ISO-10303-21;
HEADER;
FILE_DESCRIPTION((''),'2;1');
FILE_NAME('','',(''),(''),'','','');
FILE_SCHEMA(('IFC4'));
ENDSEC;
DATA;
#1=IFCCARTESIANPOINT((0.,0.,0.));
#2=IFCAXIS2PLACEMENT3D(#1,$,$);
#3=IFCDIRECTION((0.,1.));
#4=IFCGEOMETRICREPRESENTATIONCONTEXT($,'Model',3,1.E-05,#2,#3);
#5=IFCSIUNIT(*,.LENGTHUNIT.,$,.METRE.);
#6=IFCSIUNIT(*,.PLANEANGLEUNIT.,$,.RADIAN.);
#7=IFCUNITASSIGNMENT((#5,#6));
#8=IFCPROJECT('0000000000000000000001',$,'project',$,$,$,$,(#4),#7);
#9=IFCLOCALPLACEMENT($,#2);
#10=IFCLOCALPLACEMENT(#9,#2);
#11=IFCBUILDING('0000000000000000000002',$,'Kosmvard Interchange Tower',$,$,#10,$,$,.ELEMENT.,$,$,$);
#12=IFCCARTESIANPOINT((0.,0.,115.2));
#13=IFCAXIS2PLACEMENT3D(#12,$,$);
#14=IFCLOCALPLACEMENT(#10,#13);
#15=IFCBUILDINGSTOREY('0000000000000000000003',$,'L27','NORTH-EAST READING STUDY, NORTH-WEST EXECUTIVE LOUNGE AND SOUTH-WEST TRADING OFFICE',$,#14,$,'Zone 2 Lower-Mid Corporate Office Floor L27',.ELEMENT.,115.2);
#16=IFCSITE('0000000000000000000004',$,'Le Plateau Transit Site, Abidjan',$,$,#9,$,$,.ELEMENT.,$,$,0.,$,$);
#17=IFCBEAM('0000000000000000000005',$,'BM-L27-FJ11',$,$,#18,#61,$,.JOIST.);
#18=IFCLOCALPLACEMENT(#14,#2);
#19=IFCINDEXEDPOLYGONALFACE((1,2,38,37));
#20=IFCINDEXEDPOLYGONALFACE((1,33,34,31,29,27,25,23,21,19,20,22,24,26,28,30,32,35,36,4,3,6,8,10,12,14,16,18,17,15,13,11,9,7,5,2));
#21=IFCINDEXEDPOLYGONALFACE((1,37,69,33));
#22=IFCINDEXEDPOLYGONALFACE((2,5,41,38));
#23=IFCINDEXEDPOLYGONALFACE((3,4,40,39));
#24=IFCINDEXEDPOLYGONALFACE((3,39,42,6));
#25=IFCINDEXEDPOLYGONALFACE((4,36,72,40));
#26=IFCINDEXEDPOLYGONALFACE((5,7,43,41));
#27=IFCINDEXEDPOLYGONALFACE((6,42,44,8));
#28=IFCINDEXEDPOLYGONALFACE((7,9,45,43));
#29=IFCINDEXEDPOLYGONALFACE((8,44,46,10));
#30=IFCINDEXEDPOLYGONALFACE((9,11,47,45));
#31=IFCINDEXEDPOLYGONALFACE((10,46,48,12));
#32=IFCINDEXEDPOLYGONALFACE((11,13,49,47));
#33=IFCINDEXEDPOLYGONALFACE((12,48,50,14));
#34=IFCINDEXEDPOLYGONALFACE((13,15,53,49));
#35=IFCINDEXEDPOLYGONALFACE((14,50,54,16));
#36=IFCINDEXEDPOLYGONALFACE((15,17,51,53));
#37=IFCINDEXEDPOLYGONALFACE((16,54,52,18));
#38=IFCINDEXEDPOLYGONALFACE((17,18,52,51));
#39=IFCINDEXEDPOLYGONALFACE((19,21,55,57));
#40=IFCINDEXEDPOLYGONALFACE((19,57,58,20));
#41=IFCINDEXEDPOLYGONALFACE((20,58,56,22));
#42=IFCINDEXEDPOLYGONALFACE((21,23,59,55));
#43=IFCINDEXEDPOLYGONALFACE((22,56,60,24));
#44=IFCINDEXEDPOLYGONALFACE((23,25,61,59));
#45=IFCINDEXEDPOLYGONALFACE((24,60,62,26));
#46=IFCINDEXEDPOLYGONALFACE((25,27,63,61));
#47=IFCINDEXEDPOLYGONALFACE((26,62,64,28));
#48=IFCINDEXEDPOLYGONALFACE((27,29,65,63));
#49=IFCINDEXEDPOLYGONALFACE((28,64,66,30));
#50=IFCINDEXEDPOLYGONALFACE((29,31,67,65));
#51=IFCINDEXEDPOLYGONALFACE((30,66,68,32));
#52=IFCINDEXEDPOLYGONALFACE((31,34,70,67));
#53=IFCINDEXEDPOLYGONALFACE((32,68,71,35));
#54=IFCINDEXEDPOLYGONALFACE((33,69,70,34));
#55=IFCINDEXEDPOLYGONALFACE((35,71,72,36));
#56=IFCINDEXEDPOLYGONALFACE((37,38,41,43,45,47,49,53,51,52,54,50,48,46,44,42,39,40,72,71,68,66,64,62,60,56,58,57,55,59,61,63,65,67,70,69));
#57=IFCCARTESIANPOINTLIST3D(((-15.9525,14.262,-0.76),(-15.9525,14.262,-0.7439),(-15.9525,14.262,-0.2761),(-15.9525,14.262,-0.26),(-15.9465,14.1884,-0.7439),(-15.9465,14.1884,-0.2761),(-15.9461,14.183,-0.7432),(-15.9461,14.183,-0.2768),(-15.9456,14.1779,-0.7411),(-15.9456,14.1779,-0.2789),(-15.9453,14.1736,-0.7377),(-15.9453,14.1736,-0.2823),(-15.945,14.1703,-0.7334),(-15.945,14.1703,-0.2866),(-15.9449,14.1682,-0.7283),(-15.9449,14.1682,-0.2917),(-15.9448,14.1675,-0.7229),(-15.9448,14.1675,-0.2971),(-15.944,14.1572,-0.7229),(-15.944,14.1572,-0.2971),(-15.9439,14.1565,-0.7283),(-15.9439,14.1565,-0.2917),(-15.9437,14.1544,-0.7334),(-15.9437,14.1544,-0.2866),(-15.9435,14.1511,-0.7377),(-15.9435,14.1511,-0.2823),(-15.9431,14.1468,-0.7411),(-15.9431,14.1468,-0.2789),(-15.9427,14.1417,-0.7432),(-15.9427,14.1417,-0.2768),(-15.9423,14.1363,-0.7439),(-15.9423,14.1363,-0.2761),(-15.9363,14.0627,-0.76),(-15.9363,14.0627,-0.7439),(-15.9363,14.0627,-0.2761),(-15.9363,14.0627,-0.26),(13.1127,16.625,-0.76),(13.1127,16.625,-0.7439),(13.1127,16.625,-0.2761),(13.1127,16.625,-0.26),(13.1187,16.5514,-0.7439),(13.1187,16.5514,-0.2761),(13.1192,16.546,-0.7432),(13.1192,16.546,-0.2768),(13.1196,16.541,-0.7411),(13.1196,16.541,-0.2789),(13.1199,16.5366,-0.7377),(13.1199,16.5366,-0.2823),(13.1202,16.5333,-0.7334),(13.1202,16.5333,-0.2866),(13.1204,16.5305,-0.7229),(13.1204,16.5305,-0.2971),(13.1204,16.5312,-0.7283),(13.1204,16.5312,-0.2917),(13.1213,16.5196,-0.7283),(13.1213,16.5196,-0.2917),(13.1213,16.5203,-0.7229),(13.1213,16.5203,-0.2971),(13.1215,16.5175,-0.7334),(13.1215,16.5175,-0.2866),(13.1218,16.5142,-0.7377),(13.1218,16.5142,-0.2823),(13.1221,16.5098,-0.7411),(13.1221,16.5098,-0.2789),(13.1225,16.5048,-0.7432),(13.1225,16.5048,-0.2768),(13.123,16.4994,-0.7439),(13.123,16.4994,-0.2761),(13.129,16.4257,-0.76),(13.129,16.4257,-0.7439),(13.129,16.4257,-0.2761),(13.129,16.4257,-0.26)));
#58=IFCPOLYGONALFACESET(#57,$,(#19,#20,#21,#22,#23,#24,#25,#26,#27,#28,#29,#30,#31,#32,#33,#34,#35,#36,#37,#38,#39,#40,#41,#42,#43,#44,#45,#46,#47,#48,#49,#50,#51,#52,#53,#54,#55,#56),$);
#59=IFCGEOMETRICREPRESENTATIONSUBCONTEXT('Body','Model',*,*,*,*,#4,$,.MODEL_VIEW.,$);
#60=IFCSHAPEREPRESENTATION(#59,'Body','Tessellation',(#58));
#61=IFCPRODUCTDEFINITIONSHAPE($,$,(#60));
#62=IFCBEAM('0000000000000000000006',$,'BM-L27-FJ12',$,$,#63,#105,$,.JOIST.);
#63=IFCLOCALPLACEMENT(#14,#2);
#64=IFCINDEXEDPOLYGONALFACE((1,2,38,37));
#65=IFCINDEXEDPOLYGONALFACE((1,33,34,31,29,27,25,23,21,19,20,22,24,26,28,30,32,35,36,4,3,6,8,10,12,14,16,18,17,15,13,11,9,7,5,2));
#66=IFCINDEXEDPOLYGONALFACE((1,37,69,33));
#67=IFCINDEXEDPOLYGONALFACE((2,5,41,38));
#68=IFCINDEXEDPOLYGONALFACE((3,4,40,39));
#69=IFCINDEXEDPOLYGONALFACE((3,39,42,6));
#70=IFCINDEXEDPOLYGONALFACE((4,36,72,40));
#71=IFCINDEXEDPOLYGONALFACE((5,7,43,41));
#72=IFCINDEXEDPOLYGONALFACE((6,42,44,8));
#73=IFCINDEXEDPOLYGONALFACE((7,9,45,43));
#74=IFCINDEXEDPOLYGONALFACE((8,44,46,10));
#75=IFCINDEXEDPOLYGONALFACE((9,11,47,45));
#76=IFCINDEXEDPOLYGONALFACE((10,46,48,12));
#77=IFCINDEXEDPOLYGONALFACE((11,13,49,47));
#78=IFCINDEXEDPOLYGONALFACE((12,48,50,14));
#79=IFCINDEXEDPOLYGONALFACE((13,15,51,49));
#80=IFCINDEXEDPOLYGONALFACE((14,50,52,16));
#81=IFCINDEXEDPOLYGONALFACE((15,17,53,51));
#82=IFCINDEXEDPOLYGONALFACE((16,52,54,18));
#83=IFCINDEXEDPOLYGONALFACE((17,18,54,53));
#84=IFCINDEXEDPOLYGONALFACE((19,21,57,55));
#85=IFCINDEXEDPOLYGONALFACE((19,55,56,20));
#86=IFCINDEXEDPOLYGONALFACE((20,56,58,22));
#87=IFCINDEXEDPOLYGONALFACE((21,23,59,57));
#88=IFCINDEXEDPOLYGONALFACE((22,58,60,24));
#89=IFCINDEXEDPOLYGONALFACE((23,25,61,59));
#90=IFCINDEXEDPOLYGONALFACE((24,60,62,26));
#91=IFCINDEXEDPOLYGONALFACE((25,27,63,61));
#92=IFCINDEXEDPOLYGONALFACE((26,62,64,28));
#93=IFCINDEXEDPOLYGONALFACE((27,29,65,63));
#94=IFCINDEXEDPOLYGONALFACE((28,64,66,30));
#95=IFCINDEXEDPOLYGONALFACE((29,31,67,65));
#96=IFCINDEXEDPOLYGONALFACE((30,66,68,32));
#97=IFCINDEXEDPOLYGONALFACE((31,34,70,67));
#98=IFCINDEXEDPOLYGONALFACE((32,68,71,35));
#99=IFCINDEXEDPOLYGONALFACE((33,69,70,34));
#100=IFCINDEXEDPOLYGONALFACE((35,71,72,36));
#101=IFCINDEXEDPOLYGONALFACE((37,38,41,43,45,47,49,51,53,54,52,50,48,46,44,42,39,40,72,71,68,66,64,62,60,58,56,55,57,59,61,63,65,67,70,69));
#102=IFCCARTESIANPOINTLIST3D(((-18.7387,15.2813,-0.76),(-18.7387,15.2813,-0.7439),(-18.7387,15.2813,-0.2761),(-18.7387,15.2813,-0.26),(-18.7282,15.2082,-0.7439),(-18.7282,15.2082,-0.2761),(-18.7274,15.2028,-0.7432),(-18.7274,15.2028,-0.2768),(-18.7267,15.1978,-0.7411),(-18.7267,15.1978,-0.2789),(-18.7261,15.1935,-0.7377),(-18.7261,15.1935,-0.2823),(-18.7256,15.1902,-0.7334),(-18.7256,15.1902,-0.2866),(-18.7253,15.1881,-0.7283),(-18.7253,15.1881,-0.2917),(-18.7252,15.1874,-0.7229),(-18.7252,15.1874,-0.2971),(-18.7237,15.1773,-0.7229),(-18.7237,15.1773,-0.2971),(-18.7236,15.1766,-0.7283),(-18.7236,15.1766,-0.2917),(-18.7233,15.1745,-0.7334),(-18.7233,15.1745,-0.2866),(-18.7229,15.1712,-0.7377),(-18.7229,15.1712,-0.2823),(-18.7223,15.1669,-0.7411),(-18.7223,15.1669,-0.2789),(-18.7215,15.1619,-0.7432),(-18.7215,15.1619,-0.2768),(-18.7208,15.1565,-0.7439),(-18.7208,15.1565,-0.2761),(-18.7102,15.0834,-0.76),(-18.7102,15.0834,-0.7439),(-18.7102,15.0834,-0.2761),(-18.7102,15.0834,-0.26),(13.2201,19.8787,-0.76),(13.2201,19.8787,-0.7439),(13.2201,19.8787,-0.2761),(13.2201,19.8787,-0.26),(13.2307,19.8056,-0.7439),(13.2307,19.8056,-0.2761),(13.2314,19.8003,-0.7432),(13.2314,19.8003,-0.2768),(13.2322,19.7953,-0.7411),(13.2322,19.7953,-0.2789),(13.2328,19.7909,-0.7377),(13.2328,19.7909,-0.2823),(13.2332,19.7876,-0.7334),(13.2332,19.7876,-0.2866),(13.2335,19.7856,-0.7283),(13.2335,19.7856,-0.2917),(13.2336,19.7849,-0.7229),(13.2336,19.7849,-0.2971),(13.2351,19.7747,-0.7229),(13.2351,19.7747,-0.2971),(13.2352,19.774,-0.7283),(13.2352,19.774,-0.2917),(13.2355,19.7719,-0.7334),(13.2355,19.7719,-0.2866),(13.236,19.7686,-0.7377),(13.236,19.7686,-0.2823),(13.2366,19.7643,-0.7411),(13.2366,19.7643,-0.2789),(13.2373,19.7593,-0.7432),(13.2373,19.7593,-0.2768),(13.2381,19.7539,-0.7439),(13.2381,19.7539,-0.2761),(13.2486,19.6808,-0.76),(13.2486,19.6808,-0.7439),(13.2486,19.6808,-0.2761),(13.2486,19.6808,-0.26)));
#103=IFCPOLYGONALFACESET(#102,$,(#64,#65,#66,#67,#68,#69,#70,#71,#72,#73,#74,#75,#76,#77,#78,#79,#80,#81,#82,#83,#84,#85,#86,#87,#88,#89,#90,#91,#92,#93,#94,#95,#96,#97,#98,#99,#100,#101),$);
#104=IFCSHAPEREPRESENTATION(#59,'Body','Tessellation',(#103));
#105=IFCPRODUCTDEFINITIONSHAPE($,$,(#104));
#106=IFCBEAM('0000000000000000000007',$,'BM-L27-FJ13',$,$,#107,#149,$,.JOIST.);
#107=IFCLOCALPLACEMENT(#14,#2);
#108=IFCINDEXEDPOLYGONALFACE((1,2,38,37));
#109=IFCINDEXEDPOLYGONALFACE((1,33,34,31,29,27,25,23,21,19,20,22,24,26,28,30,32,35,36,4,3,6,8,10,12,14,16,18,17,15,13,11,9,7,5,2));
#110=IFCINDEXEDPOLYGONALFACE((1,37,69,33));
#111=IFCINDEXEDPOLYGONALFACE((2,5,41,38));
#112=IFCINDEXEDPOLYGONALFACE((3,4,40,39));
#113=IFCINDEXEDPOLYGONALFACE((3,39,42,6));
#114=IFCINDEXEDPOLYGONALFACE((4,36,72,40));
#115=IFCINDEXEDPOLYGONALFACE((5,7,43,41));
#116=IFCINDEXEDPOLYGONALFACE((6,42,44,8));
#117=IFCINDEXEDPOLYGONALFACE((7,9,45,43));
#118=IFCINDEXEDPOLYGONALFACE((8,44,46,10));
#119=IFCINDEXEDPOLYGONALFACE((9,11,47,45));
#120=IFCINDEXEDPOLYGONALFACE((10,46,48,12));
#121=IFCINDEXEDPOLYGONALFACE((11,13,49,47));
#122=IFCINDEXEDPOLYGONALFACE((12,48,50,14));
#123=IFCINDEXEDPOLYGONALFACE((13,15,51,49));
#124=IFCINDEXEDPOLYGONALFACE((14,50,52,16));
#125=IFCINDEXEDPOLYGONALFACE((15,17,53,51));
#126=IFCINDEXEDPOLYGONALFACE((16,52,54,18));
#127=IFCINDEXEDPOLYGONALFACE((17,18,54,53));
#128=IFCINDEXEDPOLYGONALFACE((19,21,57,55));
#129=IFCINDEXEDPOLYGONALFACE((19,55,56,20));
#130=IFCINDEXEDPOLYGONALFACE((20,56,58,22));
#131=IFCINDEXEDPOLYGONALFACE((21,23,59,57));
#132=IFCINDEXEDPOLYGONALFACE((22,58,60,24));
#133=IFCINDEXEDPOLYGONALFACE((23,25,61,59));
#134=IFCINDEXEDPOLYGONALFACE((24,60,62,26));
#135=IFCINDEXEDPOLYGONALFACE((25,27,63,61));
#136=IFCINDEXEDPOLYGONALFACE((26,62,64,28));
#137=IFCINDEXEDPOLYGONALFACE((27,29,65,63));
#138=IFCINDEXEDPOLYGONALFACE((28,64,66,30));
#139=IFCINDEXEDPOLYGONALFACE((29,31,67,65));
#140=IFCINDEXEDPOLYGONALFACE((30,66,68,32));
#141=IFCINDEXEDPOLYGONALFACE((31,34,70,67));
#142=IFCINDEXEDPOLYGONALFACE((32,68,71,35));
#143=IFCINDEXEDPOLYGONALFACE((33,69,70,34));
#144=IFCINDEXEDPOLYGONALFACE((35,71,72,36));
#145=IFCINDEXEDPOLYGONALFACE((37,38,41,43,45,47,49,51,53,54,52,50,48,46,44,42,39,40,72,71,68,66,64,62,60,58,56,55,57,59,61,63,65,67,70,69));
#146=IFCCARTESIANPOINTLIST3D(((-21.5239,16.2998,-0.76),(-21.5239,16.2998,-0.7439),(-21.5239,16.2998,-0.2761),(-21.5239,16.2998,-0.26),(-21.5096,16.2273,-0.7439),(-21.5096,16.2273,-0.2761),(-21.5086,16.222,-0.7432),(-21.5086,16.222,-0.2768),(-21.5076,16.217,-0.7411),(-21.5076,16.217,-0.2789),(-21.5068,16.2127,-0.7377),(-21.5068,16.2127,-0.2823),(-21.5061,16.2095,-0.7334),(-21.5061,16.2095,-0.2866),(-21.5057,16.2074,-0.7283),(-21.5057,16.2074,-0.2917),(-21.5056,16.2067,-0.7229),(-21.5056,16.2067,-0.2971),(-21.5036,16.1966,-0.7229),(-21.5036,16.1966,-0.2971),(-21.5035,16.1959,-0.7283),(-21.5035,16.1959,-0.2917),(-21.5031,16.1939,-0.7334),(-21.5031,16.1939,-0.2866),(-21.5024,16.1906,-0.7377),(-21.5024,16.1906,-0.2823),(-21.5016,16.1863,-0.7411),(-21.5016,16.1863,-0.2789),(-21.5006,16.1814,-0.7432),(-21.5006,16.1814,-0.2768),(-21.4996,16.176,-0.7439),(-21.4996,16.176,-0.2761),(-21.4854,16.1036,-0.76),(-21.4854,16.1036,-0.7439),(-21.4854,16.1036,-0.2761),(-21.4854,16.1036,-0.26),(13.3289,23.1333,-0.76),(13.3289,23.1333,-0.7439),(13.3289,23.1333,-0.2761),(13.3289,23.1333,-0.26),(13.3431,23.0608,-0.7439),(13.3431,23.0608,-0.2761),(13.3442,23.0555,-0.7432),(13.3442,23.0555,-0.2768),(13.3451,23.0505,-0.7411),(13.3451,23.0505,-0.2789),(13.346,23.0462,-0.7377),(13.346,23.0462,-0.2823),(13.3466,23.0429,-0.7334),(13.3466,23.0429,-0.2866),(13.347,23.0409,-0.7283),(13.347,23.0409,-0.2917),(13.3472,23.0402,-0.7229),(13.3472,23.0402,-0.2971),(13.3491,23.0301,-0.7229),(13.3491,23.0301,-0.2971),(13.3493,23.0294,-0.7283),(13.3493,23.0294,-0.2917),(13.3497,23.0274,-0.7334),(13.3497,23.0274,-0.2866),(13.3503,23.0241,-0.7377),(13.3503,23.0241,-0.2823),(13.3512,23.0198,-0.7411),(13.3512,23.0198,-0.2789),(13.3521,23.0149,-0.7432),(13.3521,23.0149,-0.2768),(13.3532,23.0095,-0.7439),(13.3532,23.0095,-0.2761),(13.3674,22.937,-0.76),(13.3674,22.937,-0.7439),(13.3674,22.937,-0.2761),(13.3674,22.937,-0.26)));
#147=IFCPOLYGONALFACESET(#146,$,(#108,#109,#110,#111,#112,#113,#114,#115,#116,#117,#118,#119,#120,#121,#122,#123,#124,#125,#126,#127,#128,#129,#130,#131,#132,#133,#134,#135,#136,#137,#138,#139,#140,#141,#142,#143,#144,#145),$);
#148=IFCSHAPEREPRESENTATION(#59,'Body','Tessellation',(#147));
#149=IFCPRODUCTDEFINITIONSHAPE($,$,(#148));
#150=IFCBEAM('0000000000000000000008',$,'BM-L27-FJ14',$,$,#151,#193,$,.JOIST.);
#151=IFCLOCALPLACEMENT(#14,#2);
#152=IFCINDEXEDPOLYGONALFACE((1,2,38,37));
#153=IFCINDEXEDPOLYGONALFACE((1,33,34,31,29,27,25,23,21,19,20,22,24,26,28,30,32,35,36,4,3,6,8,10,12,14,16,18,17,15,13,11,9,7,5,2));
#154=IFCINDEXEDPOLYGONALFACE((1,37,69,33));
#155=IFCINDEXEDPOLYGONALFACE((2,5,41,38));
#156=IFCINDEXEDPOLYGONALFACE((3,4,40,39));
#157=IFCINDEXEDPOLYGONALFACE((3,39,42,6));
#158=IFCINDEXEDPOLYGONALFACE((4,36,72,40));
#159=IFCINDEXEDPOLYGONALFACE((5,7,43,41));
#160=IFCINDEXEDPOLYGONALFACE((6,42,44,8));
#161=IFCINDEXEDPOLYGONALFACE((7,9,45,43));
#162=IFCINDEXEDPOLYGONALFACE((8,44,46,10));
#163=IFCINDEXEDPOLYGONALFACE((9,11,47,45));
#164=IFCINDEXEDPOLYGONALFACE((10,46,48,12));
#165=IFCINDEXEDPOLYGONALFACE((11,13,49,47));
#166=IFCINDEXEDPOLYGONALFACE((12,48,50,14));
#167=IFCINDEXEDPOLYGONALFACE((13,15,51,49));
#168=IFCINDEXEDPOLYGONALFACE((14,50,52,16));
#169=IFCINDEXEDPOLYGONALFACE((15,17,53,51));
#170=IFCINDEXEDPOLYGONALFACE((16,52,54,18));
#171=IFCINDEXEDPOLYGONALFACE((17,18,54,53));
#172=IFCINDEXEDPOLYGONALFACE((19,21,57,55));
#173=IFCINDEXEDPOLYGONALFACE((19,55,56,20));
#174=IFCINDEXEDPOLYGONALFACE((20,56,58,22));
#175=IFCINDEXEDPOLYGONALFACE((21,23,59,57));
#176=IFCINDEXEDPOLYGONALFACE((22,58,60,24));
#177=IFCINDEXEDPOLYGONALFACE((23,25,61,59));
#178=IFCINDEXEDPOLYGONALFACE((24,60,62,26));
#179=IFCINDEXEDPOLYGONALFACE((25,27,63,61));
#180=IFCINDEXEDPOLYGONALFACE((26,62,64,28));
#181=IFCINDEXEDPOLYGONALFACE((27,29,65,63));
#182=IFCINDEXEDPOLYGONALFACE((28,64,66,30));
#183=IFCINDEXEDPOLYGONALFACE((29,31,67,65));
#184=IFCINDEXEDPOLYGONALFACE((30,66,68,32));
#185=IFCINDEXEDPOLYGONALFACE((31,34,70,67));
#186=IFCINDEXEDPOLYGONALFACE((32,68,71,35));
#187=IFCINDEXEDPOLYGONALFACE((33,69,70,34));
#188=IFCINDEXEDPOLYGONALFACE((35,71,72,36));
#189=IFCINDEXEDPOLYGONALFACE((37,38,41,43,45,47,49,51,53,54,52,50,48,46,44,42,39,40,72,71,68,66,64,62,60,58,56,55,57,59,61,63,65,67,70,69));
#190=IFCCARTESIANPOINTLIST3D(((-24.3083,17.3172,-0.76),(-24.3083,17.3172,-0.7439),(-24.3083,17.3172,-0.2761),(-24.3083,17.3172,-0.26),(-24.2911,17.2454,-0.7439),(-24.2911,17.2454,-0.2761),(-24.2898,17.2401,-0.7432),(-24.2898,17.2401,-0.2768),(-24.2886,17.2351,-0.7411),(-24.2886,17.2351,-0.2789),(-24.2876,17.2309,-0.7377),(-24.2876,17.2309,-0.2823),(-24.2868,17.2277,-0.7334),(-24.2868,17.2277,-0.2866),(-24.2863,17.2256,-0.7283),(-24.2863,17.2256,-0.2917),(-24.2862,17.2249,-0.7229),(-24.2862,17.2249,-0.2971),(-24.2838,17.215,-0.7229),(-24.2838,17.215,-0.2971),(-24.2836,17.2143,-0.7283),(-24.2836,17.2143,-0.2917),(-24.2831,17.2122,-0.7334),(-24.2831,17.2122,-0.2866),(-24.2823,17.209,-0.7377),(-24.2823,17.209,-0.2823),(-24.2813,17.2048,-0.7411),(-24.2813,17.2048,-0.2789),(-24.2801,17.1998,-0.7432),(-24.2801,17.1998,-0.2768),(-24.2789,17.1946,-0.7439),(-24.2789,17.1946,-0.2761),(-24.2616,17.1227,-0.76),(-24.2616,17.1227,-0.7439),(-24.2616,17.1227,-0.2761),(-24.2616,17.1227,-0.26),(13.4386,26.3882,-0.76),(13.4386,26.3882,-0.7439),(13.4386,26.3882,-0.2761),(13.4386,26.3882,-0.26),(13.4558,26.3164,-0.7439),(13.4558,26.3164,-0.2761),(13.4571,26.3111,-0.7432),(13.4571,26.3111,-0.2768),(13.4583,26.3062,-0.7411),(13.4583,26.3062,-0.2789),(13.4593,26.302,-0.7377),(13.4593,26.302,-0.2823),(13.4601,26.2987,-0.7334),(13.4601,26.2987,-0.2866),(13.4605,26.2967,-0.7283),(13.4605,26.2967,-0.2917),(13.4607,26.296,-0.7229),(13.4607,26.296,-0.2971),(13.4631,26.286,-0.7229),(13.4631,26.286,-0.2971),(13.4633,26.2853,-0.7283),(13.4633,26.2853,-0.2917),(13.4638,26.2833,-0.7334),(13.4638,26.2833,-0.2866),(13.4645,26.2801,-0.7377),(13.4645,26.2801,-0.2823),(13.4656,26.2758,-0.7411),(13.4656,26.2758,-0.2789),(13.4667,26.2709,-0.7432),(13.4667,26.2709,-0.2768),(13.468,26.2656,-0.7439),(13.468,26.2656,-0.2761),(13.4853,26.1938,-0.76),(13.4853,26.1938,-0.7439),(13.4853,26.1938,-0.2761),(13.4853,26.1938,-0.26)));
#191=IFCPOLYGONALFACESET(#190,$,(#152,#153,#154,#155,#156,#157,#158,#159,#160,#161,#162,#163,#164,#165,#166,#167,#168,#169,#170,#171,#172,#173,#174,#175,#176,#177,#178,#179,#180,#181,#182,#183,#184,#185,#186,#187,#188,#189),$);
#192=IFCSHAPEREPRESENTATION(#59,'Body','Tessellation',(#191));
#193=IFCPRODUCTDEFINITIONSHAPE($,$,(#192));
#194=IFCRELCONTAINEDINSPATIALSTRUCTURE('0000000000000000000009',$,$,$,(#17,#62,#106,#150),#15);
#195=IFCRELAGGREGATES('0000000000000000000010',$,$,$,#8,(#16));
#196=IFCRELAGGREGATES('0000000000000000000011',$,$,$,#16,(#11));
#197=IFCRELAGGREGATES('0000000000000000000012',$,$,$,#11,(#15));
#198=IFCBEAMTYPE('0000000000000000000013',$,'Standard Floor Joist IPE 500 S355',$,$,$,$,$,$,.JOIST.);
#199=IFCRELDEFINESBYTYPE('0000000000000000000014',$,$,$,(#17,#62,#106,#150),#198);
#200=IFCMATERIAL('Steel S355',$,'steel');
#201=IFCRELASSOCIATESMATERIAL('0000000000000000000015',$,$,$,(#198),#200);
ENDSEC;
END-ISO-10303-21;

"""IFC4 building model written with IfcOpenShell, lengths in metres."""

from ifc_helpers import new_model, si_unit, direction, frame, origin, origin_2d, place, context, subcontext, project, spatial, i_section, extrude, source, transform, mapped, material, material_profile, profile_set, type_object, element, save


model = new_model("IFC4")

# Units and contexts
model_context = context("Model", 3, precision=1e-05, world=origin(), true_north=direction((0.0, 1.0)))
body_context = subcontext(model_context, "Body", "Model", "MODEL_VIEW")
ifc_project = project(units=[si_unit("LENGTHUNIT", "METRE"), si_unit("PLANEANGLEUNIT", "RADIAN")], contexts=[model_context])

# Site, building, storey
site_placement = place(None, origin())
site = spatial("IfcSite", under=ifc_project, at=site_placement, Name="Le Plateau Transit Site, Abidjan", CompositionType="ELEMENT", RefElevation=0.0)
building_placement = place(site_placement, origin())
building = spatial("IfcBuilding", under=site, at=building_placement, Name="Kosmvard Interchange Tower", CompositionType="ELEMENT")
storey_placement = place(building_placement, frame((0.0, 0.0, 115.2)))
storey = spatial("IfcBuildingStorey", under=building, at=storey_placement, Name="L27", Description="NORTH-EAST READING STUDY, NORTH-WEST EXECUTIVE LOUNGE AND SOUTH-WEST TRADING OFFICE", LongName="Zone 2 Lower-Mid Corporate Office Floor L27", CompositionType="ELEMENT", Elevation=115.2)

# Beams
ifc_material_1 = material(Name="Steel S355", Category="steel")
ifc_material_profile_1 = material_profile(ifc_material_1, i_section(OverallWidth=0.2, OverallDepth=0.5, WebThickness=0.0103, FlangeThickness=0.0161, FilletRadius=0.021, at=origin_2d()), Name="IPE 500")
ifc_profile_set_1 = profile_set([ifc_material_profile_1], Name="Steel S355")
beam_type_1 = type_object("IfcBeamType", Name="Standard Floor Joist IPE 500 S355", PredefinedType="JOIST", material=ifc_profile_set_1)
shared_shape_1 = source(origin(), body_context, "Body", "SweptSolid", [
    extrude(i_section(OverallWidth=0.2, OverallDepth=0.5, WebThickness=0.0103, FlangeThickness=0.0161, FilletRadius=0.021, at=origin_2d()), origin(), (0.0, 0.0, 1.0), 29.1611),
])
beam_1_placement = place(storey_placement, frame((13.1208, 16.5254, -0.51), z_axis=(-0.996711, -0.081034, 0.0), x_axis=(0.081034, -0.996711, 0.0)))
element("IfcBeam", 1, at=beam_1_placement, inside=storey, type_object=beam_type_1, Name="BM-L27-FJ11", PredefinedType="JOIST", context=body_context, shape_type="MappedRepresentation", body=[
    mapped(shared_shape_1, transform((0.0, 0.0, 0.0), scale=1.0)),
])
shared_shape_2 = source(origin(), body_context, "Body", "SweptSolid", [
    extrude(i_section(OverallWidth=0.2, OverallDepth=0.5, WebThickness=0.0103, FlangeThickness=0.0161, FilletRadius=0.021, at=origin_2d()), origin(), (0.0, 0.0, 1.0), 32.2878),
])
beam_2_placement = place(storey_placement, frame((13.2344, 19.7798, -0.51), z_axis=(-0.989811, -0.142389, 0.0), x_axis=(0.142389, -0.989811, 0.0)))
element("IfcBeam", 2, at=beam_2_placement, inside=storey, type_object=beam_type_1, Name="BM-L27-FJ12", PredefinedType="JOIST", context=body_context, shape_type="MappedRepresentation", body=[
    mapped(shared_shape_2, transform((0.0, 0.0, 0.0), scale=1.0)),
])
shared_shape_3 = source(origin(), body_context, "Body", "SweptSolid", [
    extrude(i_section(OverallWidth=0.2, OverallDepth=0.5, WebThickness=0.0103, FlangeThickness=0.0161, FilletRadius=0.021, at=origin_2d()), origin(), (0.0, 0.0, 1.0), 35.5164),
])
beam_3_placement = place(storey_placement, frame((13.3481, 23.0352, -0.51), z_axis=(-0.981316, -0.192404, 0.0), x_axis=(0.192404, -0.981316, 0.0)))
element("IfcBeam", 3, at=beam_3_placement, inside=storey, type_object=beam_type_1, Name="BM-L27-FJ13", PredefinedType="JOIST", context=body_context, shape_type="MappedRepresentation", body=[
    mapped(shared_shape_3, transform((0.0, 0.0, 0.0), scale=1.0)),
])
shared_shape_4 = source(origin(), body_context, "Body", "SweptSolid", [
    extrude(i_section(OverallWidth=0.2, OverallDepth=0.5, WebThickness=0.0103, FlangeThickness=0.0161, FilletRadius=0.021, at=origin_2d()), origin(), (0.0, 0.0, 1.0), 38.8215),
])
beam_4_placement = place(storey_placement, frame((13.4619, 26.291, -0.51), z_axis=(-0.972318, -0.233661, 0.0), x_axis=(0.233661, -0.972318, 0.0)))
element("IfcBeam", 4, at=beam_4_placement, inside=storey, type_object=beam_type_1, Name="BM-L27-FJ14", PredefinedType="JOIST", context=body_context, shape_type="MappedRepresentation", body=[
    mapped(shared_shape_4, transform((0.0, 0.0, 0.0), scale=1.0)),
])

save(model, "model.ifc")
